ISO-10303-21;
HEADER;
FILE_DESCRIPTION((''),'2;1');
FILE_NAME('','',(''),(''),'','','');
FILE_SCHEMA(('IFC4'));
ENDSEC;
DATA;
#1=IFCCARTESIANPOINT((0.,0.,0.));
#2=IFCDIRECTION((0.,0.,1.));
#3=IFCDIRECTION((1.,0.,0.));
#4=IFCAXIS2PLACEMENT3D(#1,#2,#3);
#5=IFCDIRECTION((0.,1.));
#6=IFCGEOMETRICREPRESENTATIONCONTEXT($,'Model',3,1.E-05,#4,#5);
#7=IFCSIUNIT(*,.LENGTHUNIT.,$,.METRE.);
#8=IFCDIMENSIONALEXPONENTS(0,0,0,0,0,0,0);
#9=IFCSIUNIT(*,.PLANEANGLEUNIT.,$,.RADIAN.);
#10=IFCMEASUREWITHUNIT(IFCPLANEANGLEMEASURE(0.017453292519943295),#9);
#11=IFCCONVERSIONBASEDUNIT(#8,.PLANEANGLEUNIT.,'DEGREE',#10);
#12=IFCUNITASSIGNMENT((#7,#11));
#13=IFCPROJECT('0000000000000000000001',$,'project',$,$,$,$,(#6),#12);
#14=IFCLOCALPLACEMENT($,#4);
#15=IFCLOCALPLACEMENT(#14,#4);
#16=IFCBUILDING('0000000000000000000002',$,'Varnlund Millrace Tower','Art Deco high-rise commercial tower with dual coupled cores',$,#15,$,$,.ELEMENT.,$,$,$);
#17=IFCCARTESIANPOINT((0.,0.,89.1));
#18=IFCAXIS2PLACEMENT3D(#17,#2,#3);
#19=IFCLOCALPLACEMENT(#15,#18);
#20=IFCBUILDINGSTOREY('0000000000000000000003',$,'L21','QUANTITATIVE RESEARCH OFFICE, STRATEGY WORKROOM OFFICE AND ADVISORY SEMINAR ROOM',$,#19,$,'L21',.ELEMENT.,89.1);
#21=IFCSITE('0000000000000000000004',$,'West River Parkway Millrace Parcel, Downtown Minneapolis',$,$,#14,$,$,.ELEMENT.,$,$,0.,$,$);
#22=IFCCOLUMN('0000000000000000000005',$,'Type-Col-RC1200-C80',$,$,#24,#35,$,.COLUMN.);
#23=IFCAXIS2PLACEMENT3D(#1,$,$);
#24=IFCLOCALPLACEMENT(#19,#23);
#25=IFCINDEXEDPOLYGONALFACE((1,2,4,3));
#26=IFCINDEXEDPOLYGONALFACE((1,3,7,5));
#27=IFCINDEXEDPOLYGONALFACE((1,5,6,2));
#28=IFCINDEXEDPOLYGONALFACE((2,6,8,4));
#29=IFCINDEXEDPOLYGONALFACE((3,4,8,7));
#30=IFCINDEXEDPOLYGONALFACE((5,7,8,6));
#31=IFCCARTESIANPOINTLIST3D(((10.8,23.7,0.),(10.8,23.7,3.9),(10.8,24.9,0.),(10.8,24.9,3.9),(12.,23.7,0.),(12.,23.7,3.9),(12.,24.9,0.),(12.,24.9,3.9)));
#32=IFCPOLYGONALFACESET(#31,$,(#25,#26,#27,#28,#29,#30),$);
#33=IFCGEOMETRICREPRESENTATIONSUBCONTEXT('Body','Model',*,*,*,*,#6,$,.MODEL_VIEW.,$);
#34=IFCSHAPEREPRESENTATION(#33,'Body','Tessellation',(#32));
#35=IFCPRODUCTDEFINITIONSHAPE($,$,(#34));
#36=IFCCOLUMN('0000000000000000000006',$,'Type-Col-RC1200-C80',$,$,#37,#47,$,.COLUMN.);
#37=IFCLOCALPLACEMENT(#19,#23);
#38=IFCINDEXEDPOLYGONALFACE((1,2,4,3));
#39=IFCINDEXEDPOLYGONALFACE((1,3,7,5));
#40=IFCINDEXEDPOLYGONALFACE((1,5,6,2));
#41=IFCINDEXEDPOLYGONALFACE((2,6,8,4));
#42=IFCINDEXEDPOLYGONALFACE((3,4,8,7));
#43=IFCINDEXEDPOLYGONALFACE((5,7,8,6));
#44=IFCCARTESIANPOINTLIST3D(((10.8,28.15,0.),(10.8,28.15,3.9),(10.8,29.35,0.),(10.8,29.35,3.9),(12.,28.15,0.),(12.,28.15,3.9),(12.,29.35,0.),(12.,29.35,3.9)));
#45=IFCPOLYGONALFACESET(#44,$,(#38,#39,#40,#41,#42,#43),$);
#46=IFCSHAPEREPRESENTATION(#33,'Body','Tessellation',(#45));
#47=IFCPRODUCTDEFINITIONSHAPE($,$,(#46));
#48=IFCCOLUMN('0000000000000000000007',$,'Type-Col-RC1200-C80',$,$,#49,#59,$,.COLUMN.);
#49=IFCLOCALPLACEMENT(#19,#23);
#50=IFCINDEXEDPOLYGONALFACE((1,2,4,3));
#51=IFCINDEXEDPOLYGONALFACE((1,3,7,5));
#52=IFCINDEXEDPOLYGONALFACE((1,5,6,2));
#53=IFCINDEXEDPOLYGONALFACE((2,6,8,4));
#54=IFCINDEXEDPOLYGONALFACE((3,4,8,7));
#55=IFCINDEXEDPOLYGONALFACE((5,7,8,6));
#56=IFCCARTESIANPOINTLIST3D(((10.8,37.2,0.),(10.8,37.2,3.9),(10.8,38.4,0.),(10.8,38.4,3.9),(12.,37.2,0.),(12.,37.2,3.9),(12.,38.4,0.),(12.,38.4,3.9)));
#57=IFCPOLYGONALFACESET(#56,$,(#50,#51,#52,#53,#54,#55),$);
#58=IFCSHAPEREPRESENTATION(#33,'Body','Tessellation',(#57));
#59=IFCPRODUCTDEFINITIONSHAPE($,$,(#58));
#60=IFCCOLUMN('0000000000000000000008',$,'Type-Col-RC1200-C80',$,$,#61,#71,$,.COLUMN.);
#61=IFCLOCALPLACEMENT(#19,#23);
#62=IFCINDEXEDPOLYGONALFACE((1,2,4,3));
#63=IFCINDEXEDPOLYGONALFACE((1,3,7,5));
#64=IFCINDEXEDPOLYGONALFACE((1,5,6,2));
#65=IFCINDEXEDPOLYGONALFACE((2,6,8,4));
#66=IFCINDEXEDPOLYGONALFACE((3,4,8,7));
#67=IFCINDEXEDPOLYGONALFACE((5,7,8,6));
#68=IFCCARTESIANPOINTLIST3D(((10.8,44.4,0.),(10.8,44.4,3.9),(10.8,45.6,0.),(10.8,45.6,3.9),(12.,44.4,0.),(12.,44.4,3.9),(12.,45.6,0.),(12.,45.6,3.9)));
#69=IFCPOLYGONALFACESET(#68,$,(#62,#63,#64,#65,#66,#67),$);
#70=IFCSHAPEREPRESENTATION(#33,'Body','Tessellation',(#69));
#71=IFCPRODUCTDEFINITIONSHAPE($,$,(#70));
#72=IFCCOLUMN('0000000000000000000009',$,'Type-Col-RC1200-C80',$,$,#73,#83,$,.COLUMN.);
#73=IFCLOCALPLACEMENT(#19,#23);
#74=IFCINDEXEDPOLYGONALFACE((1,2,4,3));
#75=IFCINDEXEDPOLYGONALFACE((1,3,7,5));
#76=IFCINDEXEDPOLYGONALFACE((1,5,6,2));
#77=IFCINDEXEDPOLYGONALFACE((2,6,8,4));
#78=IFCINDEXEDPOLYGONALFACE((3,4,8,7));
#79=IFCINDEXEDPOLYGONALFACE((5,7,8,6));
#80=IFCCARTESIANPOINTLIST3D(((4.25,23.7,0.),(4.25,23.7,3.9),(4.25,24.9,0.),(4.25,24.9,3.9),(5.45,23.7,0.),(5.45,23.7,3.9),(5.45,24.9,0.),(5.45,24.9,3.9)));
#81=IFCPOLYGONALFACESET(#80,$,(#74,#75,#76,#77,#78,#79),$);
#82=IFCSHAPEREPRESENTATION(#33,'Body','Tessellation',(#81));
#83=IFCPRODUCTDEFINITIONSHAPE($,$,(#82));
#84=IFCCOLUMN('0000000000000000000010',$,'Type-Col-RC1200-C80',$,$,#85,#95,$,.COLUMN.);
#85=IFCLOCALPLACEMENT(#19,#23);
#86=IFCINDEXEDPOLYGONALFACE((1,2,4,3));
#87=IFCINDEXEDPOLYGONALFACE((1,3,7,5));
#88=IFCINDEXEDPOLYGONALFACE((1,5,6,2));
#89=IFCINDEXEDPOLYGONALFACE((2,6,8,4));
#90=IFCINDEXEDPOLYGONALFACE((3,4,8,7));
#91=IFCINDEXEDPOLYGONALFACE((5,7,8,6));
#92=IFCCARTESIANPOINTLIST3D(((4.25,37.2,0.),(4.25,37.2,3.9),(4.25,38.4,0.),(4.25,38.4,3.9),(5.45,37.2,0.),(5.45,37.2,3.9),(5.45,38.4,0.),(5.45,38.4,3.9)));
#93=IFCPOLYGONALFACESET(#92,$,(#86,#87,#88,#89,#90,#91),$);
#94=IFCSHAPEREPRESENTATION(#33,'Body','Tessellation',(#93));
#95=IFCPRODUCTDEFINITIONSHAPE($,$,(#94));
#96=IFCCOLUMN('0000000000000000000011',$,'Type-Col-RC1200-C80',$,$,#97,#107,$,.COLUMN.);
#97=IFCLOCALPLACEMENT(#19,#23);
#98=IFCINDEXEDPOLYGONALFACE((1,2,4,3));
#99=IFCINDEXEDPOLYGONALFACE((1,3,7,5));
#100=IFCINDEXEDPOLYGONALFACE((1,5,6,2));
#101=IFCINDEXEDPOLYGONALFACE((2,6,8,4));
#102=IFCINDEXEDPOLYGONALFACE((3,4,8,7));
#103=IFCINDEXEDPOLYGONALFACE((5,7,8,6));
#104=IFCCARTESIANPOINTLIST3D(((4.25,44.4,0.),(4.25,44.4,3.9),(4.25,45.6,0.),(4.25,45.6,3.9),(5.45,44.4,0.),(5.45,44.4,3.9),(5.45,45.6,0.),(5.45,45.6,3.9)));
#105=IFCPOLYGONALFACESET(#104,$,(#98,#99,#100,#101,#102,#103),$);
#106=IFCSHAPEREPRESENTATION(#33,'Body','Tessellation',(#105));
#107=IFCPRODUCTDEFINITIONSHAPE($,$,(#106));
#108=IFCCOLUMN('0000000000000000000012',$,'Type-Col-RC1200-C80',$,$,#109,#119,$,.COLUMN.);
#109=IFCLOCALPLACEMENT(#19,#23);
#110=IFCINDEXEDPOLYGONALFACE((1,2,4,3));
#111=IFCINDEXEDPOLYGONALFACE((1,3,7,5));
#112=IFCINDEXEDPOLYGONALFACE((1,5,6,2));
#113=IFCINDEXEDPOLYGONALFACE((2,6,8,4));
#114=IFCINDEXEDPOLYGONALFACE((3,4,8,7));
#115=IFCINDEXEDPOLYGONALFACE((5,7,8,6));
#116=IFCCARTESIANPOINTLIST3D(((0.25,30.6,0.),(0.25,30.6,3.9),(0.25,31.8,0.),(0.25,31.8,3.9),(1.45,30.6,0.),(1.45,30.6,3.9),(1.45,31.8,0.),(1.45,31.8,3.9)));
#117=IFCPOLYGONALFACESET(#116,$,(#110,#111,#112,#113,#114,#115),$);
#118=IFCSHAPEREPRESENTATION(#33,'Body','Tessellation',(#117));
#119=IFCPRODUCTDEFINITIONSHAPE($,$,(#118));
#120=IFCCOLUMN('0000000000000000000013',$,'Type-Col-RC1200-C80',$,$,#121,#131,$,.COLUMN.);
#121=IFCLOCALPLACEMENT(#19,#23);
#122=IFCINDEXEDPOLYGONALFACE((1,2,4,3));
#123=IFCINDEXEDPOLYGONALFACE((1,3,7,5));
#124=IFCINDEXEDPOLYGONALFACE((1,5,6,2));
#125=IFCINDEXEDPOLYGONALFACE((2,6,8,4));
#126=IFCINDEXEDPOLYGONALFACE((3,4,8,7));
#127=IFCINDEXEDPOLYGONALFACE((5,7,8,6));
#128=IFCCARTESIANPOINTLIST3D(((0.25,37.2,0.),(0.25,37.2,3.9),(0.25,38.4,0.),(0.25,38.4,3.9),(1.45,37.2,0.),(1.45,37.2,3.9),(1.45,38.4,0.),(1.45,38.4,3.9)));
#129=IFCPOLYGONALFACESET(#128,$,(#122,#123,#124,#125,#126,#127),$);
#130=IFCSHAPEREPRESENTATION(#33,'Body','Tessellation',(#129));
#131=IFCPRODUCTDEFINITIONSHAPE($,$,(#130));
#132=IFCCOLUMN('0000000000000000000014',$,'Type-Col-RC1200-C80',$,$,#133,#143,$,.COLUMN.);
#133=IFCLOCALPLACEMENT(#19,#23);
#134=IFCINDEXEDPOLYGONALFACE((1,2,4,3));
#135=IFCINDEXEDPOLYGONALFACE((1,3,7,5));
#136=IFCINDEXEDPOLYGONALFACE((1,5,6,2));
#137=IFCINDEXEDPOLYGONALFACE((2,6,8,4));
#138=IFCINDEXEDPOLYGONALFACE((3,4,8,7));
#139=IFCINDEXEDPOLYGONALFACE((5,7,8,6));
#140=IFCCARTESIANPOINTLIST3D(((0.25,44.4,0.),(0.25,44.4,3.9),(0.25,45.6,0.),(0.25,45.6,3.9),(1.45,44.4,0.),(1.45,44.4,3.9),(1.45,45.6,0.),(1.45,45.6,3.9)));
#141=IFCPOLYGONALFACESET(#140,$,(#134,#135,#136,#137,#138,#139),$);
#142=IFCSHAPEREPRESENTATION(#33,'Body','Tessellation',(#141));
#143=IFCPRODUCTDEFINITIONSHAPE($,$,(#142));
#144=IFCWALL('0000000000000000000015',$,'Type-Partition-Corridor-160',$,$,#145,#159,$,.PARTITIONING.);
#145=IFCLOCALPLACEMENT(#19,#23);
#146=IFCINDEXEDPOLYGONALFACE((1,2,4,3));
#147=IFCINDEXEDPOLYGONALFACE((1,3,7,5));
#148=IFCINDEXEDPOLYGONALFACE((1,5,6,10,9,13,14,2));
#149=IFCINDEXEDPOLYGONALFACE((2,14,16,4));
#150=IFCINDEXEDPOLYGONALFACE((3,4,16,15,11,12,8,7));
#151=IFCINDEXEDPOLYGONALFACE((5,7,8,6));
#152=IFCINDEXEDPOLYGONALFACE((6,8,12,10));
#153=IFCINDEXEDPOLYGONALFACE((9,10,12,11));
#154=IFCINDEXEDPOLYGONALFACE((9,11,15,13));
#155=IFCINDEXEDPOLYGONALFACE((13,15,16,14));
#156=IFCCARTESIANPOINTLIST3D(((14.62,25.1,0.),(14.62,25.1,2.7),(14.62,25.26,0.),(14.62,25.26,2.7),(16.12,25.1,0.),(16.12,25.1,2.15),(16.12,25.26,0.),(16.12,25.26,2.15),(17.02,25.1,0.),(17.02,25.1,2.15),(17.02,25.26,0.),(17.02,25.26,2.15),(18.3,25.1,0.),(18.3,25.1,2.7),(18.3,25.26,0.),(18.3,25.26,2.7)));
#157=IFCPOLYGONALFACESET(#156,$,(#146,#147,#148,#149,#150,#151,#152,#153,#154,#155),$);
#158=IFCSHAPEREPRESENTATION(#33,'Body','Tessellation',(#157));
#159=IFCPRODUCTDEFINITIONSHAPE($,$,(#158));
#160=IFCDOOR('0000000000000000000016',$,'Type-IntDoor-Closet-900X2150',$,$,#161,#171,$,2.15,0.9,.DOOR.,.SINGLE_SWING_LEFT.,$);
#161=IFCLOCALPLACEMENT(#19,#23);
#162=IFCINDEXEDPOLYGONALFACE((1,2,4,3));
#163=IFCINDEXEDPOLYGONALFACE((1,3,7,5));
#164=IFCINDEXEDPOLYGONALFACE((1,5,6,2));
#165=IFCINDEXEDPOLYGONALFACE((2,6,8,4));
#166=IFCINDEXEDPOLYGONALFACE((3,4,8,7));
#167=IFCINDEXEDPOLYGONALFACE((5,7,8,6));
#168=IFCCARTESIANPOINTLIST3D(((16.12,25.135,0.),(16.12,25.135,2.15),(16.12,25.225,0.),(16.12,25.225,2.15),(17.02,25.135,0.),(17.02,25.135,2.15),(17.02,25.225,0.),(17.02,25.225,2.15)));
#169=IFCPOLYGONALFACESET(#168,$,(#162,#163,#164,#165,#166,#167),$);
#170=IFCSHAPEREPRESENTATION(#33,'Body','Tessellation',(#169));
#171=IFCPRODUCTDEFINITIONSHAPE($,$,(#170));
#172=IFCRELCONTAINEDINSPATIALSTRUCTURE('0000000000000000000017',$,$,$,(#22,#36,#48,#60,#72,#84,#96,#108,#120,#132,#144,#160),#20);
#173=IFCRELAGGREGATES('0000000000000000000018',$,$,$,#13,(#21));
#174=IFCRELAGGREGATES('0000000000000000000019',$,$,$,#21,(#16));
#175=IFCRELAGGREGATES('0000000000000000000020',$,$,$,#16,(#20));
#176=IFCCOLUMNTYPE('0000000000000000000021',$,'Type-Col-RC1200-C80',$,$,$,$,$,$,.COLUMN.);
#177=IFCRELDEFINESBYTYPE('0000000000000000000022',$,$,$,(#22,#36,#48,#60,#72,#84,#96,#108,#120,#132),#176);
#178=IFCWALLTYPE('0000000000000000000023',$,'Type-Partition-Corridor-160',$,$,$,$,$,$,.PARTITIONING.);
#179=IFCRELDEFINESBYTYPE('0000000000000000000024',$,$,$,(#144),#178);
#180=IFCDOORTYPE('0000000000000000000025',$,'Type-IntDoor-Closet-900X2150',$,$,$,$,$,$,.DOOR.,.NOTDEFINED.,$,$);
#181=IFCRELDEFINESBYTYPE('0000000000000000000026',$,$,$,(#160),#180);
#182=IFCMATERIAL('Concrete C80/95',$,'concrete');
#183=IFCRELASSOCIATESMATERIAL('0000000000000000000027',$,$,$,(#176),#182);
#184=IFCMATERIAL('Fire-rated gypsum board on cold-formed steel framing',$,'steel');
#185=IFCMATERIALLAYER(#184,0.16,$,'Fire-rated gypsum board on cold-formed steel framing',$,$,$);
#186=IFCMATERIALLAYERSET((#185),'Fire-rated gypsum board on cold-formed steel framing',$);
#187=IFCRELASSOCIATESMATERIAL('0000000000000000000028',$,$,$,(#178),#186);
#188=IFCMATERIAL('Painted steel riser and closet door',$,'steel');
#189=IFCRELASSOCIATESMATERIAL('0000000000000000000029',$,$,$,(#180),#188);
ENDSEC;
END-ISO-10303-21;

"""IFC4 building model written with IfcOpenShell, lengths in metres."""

from ifc_helpers import new_model, entity, si_unit, converted_unit, direction, frame, origin_with_axes, origin_2d_with_axis, place, context, subcontext, project, spatial, polyline, rectangle, outline, extrude, material, layer, layer_set, material_profile, profile_set, type_object, element, fill, save


model = new_model("IFC4")

# Units and contexts
model_context = context("Model", 3, precision=1e-05, world=origin_with_axes(), true_north=direction((0.0, 1.0)))
body_context = subcontext(model_context, "Body", "Model", "MODEL_VIEW")
ifc_project = project(units=[si_unit("LENGTHUNIT", "METRE"), converted_unit("PLANEANGLEUNIT", "DEGREE", entity("IfcPlaneAngleMeasure", 0.017453292519943295), si_unit("PLANEANGLEUNIT", "RADIAN"), dimensions=[0, 0, 0, 0, 0, 0, 0])], contexts=[model_context])

# Site, building, storey
site_placement = place(None, origin_with_axes())
site = spatial("IfcSite", under=ifc_project, at=site_placement, Name="West River Parkway Millrace Parcel, Downtown Minneapolis", CompositionType="ELEMENT", RefElevation=0.0)
building_placement = place(site_placement, origin_with_axes())
building = spatial("IfcBuilding", under=site, at=building_placement, Name="Varnlund Millrace Tower", Description="Art Deco high-rise commercial tower with dual coupled cores", CompositionType="ELEMENT")
storey_placement = place(building_placement, frame((0.0, 0.0, 89.1), z_axis=(0.0, 0.0, 1.0), x_axis=(1.0, 0.0, 0.0)))
storey = spatial("IfcBuildingStorey", under=building, at=storey_placement, Name="L21", Description="QUANTITATIVE RESEARCH OFFICE, STRATEGY WORKROOM OFFICE AND ADVISORY SEMINAR ROOM", LongName="L21", CompositionType="ELEMENT", Elevation=89.1)

# Columns
ifc_material_1 = material(Name="Concrete C80/95", Category="concrete")
ifc_material_profile = material_profile(ifc_material_1, rectangle(XDim=1.2, YDim=1.2, at=origin_2d_with_axis()), Name="Concrete C80/95")
ifc_profile_set = profile_set([ifc_material_profile], Name="Concrete C80/95")
column_type = type_object("IfcColumnType", Name="Type-Col-RC1200-C80", PredefinedType="COLUMN", material=ifc_profile_set)
for number, where, z_axis, x_axis, name in (
    (1, (11.4, 24.3, 0.0), (0.0, 0.0, 1.0), (1.0, 0.0, 0.0), "Type-Col-RC1200-C80"),
    (2, (11.4, 28.75, 0.0), (0.0, 0.0, 1.0), (1.0, 0.0, 0.0), "Type-Col-RC1200-C80"),
    (3, (11.4, 37.8, 0.0), (0.0, 0.0, 1.0), (1.0, 0.0, 0.0), "Type-Col-RC1200-C80"),
    (4, (11.4, 45.0, 0.0), (0.0, 0.0, 1.0), (1.0, 0.0, 0.0), "Type-Col-RC1200-C80"),
    (5, (4.85, 24.3, 0.0), (0.0, 0.0, 1.0), (1.0, 0.0, 0.0), "Type-Col-RC1200-C80"),
    (6, (4.85, 37.8, 0.0), (0.0, 0.0, 1.0), (1.0, 0.0, 0.0), "Type-Col-RC1200-C80"),
    (7, (4.85, 45.0, 0.0), (0.0, 0.0, 1.0), (1.0, 0.0, 0.0), "Type-Col-RC1200-C80"),
    (8, (0.85, 31.2, 0.0), (0.0, 0.0, 1.0), (1.0, 0.0, 0.0), "Type-Col-RC1200-C80"),
    (9, (0.85, 37.8, 0.0), (0.0, 0.0, 1.0), (1.0, 0.0, 0.0), "Type-Col-RC1200-C80"),
    (10, (0.85, 45.0, 0.0), (0.0, 0.0, 1.0), (1.0, 0.0, 0.0), "Type-Col-RC1200-C80"),
):
    element("IfcColumn", number, at=place(storey_placement, frame(where, z_axis=z_axis, x_axis=x_axis)), inside=storey, type_object=column_type, Name=name, PredefinedType="COLUMN", context=body_context, shape_type="SweptSolid", body=[
        extrude(rectangle(XDim=1.2, YDim=1.2, at=origin_2d_with_axis()), origin_with_axes(), (0.0, 0.0, 1.0), 3.9),
    ])

# Wall, opening, door
ifc_material_2 = material(Name="Fire-rated gypsum board on cold-formed steel framing", Category="steel")
ifc_layer_1 = layer(ifc_material_2, 0.16, Name="Fire-rated gypsum board on cold-formed steel framing")
ifc_layer_set_1 = layer_set([ifc_layer_1], Name="Fire-rated gypsum board on cold-formed steel framing")
wall_type_1 = type_object("IfcWallType", Name="Type-Partition-Corridor-160", PredefinedType="PARTITIONING", material=ifc_layer_set_1)
wall_1_placement = place(storey_placement, frame((14.62, 25.18, 0.0), z_axis=(0.0, 0.0, 1.0), x_axis=(1.0, 0.0, 0.0)))
wall_1 = element("IfcWall", 11, at=wall_1_placement, inside=storey, type_object=wall_type_1, Name="Type-Partition-Corridor-160", PredefinedType="PARTITIONING", context=body_context, shape_type="SweptSolid", body=[
    extrude(outline(polyline([(0.0, -0.08), (3.68, -0.08), (3.68, 0.08), (0.0, 0.08), (0.0, -0.08)])), origin_with_axes(), (0.0, 0.0, 1.0), 2.7),
])
opening_1_placement = place(wall_1_placement, frame((1.95, 0.0, 0.0), z_axis=(0.0, 0.0, 1.0), x_axis=(1.0, 0.0, 0.0)))
opening_1 = element("IfcOpeningElement", 12, at=opening_1_placement, cuts=wall_1, PredefinedType="OPENING", context=body_context, shape_type="SweptSolid", body=[
    extrude(rectangle(XDim=0.9, YDim=0.18, at=origin_2d_with_axis()), origin_with_axes(), (0.0, 0.0, 1.0), 2.15),
])
ifc_material_3 = material(Name="Painted steel riser and closet door", Category="steel")
door_type_1 = type_object("IfcDoorType", Name="Type-IntDoor-Closet-900X2150", OperationType="NOTDEFINED", PredefinedType="DOOR", material=ifc_material_3)
door_1_placement = place(wall_1_placement, frame((1.95, 0.0, 0.0), z_axis=(0.0, 0.0, 1.0), x_axis=(1.0, 0.0, 0.0)))
door_1 = element("IfcDoor", 13, at=door_1_placement, inside=storey, type_object=door_type_1, Name="Type-IntDoor-Closet-900X2150", OperationType="SINGLE_SWING_LEFT", OverallHeight=2.15, OverallWidth=0.9, PredefinedType="DOOR", context=body_context, shape_type="SweptSolid", body=[
    extrude(rectangle(XDim=0.9, YDim=0.09, at=origin_2d_with_axis()), origin_with_axes(), (0.0, 0.0, 1.0), 2.15),
])
fill(opening_1, door_1)

save(model, "model.ifc")
